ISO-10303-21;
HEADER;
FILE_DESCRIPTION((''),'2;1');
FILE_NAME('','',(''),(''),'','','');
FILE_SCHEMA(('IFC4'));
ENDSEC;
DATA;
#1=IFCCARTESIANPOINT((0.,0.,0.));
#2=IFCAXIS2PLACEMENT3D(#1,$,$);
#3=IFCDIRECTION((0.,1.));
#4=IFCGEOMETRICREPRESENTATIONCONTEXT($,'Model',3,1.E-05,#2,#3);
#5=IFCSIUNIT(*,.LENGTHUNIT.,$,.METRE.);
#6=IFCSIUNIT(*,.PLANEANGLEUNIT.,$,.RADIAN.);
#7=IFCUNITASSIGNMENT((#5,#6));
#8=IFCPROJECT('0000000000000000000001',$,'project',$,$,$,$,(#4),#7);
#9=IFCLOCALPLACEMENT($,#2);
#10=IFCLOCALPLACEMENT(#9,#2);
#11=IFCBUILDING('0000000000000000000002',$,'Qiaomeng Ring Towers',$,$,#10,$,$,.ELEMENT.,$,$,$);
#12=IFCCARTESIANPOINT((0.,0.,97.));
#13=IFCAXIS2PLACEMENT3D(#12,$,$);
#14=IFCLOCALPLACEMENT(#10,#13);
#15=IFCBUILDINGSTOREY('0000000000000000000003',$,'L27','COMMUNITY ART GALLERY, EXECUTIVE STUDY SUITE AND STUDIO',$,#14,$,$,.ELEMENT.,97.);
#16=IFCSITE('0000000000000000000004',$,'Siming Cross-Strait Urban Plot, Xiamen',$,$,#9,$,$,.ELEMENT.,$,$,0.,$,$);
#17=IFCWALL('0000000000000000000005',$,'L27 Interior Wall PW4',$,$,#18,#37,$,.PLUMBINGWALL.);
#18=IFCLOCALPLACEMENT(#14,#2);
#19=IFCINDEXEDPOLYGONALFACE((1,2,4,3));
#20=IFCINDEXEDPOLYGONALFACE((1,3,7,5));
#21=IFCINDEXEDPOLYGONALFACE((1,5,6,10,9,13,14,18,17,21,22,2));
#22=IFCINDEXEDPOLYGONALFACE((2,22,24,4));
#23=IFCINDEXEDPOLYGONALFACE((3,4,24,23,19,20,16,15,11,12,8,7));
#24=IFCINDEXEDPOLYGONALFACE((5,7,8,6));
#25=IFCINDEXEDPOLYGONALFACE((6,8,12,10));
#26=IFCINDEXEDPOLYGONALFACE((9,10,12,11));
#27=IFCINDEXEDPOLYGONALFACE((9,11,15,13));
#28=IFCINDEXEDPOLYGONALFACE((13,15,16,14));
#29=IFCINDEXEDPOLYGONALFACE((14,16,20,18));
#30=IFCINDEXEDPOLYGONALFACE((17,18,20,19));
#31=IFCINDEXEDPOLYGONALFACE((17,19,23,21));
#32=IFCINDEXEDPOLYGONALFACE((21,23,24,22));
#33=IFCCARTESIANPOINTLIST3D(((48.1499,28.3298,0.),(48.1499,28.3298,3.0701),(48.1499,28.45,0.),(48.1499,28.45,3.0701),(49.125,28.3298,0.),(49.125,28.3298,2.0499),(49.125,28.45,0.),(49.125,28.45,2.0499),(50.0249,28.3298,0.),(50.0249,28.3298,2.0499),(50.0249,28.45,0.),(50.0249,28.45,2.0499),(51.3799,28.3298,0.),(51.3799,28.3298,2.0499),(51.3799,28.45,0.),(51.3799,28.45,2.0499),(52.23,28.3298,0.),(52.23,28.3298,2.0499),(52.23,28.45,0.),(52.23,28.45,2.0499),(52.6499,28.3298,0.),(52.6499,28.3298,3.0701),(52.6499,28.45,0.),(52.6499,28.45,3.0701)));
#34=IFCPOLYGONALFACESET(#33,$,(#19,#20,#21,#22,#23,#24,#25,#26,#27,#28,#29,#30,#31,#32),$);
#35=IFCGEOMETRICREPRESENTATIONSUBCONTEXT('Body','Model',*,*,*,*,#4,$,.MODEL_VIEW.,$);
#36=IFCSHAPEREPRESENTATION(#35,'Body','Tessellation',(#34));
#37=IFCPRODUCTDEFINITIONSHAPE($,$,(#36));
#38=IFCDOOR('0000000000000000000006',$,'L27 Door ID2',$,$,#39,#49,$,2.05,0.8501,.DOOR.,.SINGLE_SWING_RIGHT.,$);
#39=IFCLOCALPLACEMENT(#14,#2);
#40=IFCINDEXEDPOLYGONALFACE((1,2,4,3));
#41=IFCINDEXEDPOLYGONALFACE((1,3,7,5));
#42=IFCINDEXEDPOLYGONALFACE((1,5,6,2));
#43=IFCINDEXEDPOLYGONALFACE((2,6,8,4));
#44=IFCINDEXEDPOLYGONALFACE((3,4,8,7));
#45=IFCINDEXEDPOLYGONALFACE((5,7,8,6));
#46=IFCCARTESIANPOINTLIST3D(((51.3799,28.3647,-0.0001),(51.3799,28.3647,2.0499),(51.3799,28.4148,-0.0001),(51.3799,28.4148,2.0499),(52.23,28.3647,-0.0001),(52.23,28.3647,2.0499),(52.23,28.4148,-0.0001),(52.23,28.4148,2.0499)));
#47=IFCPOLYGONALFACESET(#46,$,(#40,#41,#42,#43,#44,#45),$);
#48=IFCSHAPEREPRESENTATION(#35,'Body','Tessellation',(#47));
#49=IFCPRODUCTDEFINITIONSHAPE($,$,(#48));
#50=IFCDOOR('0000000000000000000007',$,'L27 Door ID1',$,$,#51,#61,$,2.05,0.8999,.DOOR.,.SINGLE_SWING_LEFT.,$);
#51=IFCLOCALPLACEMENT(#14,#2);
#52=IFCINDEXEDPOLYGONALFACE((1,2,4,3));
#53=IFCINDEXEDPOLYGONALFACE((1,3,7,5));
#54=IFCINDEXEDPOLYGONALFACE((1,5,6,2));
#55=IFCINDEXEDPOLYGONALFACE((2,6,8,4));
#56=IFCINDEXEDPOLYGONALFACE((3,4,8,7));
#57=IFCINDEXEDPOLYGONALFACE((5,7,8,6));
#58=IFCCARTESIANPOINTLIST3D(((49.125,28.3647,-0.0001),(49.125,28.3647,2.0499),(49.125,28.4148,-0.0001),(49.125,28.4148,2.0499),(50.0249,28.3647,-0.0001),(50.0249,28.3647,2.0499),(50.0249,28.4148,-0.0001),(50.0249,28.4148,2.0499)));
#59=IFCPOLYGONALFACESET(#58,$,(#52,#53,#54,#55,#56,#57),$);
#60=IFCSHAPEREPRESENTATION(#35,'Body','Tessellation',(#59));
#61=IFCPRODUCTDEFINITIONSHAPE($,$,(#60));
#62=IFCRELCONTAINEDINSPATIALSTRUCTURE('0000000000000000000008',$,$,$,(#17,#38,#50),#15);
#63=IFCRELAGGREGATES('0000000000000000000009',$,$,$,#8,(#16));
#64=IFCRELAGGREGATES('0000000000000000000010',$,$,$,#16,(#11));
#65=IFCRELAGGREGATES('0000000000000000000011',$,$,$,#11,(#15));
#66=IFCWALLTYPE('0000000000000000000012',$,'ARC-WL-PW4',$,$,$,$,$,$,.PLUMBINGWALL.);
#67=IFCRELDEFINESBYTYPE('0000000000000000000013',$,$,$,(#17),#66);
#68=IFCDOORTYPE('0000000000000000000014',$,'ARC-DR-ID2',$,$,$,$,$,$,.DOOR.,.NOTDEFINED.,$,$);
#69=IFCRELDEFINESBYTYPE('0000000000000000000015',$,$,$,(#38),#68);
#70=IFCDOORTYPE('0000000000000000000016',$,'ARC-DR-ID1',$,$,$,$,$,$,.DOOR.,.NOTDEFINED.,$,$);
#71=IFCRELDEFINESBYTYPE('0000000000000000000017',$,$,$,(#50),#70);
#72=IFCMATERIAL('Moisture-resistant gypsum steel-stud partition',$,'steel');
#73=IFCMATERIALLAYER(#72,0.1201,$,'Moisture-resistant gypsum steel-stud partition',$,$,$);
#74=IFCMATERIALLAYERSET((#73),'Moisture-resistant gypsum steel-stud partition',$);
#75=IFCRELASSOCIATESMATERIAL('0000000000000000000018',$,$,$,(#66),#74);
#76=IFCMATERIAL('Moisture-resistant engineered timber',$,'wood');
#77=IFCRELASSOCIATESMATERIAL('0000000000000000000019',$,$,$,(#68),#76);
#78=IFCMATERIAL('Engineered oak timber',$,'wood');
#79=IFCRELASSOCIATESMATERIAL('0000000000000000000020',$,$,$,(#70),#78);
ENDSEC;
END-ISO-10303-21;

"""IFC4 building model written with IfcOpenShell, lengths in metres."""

from ifc_helpers import new_model, si_unit, direction, frame, frame_2d, origin, place, context, subcontext, project, spatial, rectangle, extrude, source, transform, mapped, material, layer, layer_set, type_object, element, fill, save


model = new_model("IFC4")

# Units and contexts
model_context = context("Model", 3, precision=1e-05, world=origin(), true_north=direction((0.0, 1.0)))
body_context = subcontext(model_context, "Body", "Model", "MODEL_VIEW")
ifc_project = project(units=[si_unit("LENGTHUNIT", "METRE"), si_unit("PLANEANGLEUNIT", "RADIAN")], contexts=[model_context])

# Site, building, storey
site_placement = place(None, origin())
site = spatial("IfcSite", under=ifc_project, at=site_placement, Name="Siming Cross-Strait Urban Plot, Xiamen", CompositionType="ELEMENT", RefElevation=0.0)
building_placement = place(site_placement, origin())
building = spatial("IfcBuilding", under=site, at=building_placement, Name="Qiaomeng Ring Towers", CompositionType="ELEMENT")
storey_placement = place(building_placement, frame((0.0, 0.0, 97.0)))
storey = spatial("IfcBuildingStorey", under=building, at=storey_placement, Name="L27", Description="COMMUNITY ART GALLERY, EXECUTIVE STUDY SUITE AND STUDIO", CompositionType="ELEMENT", Elevation=97.0)

# Wall, openings, doors
ifc_material_1 = material(Name="Moisture-resistant gypsum steel-stud partition", Category="steel")
ifc_layer_1 = layer(ifc_material_1, 0.1201, Name="Moisture-resistant gypsum steel-stud partition")
ifc_layer_set_1 = layer_set([ifc_layer_1], Name="Moisture-resistant gypsum steel-stud partition")
wall_type_1 = type_object("IfcWallType", Name="ARC-WL-PW4", PredefinedType="PLUMBINGWALL", material=ifc_layer_set_1)
wall_placement = place(storey_placement, frame((48.1499, 28.3899, 0.0), z_axis=(0.0, 0.0, 1.0), x_axis=(1.0, 0.0, 0.0)))
wall = element("IfcWall", 1, at=wall_placement, inside=storey, type_object=wall_type_1, Name="L27 Interior Wall PW4", PredefinedType="PLUMBINGWALL", context=body_context, shape_type="SweptSolid", body=[
    extrude(rectangle(XDim=4.5, YDim=0.1201, at=frame_2d((2.25, 0.0))), origin(), (0.0, 0.0, 1.0), 3.0701),
])
opening_1_placement = place(wall_placement, frame((0.9751, 0.0, 0.0)))
opening_1 = element("IfcOpeningElement", 2, at=opening_1_placement, cuts=wall, PredefinedType="OPENING", context=body_context, shape_type="SweptSolid", body=[
    extrude(rectangle(XDim=0.8999, YDim=2.05, at=frame_2d((0.45, 1.0249))), frame((0.0, 0.0701, 0.0), z_axis=(0.0, -1.0, 0.0), x_axis=(1.0, 0.0, 0.0)), (0.0, 0.0, 1.0), 0.1401),
])
opening_2_placement = place(wall_placement, frame((3.23, 0.0, 0.0)))
opening_2 = element("IfcOpeningElement", 3, at=opening_2_placement, cuts=wall, PredefinedType="OPENING", context=body_context, shape_type="SweptSolid", body=[
    extrude(rectangle(XDim=0.8501, YDim=2.05, at=frame_2d((0.425, 1.0249))), frame((0.0, 0.0701, 0.0), z_axis=(0.0, -1.0, 0.0), x_axis=(1.0, 0.0, 0.0)), (0.0, 0.0, 1.0), 0.1401),
])
ifc_material_2 = material(Name="Moisture-resistant engineered timber", Category="wood")
door_type_1 = type_object("IfcDoorType", Name="ARC-DR-ID2", OperationType="NOTDEFINED", PredefinedType="DOOR", material=ifc_material_2)
shared_shape_1 = source(origin(), body_context, "Body", "SweptSolid", [
    extrude(rectangle(XDim=0.8501, YDim=2.05, at=frame_2d((0.425, 1.0249))), frame((0.0, 0.0249, 0.0), z_axis=(0.0, -1.0, 0.0), x_axis=(1.0, 0.0, 0.0)), (0.0, 0.0, 1.0), 0.05),
])
door_1_placement = place(opening_2_placement, origin())
door_1 = element("IfcDoor", 4, at=door_1_placement, inside=storey, type_object=door_type_1, Name="L27 Door ID2", OperationType="SINGLE_SWING_RIGHT", OverallHeight=2.05, OverallWidth=0.8501, PredefinedType="DOOR", context=body_context, shape_type="MappedRepresentation", body=[
    mapped(shared_shape_1, transform((0.0, 0.0, 0.0), x_axis=(1.0, 0.0, 0.0), y_axis=(0.0, 1.0, 0.0), z_axis=(0.0, 0.0, 1.0), scale=1.0)),
])
fill(opening_2, door_1)
ifc_material_3 = material(Name="Engineered oak timber", Category="wood")
door_type_2 = type_object("IfcDoorType", Name="ARC-DR-ID1", OperationType="NOTDEFINED", PredefinedType="DOOR", material=ifc_material_3)
shared_shape_2 = source(origin(), body_context, "Body", "SweptSolid", [
    extrude(rectangle(XDim=0.8999, YDim=2.05, at=frame_2d((0.45, 1.0249))), frame((0.0, 0.0249, 0.0), z_axis=(0.0, -1.0, 0.0), x_axis=(1.0, 0.0, 0.0)), (0.0, 0.0, 1.0), 0.05),
])
door_2_placement = place(opening_1_placement, origin())
door_2 = element("IfcDoor", 5, at=door_2_placement, inside=storey, type_object=door_type_2, Name="L27 Door ID1", OperationType="SINGLE_SWING_LEFT", OverallHeight=2.05, OverallWidth=0.8999, PredefinedType="DOOR", context=body_context, shape_type="MappedRepresentation", body=[
    mapped(shared_shape_2, transform((0.0, 0.0, 0.0), x_axis=(1.0, 0.0, 0.0), y_axis=(0.0, 1.0, 0.0), z_axis=(0.0, 0.0, 1.0), scale=1.0)),
])
fill(opening_1, door_2)

save(model, "model.ifc")
